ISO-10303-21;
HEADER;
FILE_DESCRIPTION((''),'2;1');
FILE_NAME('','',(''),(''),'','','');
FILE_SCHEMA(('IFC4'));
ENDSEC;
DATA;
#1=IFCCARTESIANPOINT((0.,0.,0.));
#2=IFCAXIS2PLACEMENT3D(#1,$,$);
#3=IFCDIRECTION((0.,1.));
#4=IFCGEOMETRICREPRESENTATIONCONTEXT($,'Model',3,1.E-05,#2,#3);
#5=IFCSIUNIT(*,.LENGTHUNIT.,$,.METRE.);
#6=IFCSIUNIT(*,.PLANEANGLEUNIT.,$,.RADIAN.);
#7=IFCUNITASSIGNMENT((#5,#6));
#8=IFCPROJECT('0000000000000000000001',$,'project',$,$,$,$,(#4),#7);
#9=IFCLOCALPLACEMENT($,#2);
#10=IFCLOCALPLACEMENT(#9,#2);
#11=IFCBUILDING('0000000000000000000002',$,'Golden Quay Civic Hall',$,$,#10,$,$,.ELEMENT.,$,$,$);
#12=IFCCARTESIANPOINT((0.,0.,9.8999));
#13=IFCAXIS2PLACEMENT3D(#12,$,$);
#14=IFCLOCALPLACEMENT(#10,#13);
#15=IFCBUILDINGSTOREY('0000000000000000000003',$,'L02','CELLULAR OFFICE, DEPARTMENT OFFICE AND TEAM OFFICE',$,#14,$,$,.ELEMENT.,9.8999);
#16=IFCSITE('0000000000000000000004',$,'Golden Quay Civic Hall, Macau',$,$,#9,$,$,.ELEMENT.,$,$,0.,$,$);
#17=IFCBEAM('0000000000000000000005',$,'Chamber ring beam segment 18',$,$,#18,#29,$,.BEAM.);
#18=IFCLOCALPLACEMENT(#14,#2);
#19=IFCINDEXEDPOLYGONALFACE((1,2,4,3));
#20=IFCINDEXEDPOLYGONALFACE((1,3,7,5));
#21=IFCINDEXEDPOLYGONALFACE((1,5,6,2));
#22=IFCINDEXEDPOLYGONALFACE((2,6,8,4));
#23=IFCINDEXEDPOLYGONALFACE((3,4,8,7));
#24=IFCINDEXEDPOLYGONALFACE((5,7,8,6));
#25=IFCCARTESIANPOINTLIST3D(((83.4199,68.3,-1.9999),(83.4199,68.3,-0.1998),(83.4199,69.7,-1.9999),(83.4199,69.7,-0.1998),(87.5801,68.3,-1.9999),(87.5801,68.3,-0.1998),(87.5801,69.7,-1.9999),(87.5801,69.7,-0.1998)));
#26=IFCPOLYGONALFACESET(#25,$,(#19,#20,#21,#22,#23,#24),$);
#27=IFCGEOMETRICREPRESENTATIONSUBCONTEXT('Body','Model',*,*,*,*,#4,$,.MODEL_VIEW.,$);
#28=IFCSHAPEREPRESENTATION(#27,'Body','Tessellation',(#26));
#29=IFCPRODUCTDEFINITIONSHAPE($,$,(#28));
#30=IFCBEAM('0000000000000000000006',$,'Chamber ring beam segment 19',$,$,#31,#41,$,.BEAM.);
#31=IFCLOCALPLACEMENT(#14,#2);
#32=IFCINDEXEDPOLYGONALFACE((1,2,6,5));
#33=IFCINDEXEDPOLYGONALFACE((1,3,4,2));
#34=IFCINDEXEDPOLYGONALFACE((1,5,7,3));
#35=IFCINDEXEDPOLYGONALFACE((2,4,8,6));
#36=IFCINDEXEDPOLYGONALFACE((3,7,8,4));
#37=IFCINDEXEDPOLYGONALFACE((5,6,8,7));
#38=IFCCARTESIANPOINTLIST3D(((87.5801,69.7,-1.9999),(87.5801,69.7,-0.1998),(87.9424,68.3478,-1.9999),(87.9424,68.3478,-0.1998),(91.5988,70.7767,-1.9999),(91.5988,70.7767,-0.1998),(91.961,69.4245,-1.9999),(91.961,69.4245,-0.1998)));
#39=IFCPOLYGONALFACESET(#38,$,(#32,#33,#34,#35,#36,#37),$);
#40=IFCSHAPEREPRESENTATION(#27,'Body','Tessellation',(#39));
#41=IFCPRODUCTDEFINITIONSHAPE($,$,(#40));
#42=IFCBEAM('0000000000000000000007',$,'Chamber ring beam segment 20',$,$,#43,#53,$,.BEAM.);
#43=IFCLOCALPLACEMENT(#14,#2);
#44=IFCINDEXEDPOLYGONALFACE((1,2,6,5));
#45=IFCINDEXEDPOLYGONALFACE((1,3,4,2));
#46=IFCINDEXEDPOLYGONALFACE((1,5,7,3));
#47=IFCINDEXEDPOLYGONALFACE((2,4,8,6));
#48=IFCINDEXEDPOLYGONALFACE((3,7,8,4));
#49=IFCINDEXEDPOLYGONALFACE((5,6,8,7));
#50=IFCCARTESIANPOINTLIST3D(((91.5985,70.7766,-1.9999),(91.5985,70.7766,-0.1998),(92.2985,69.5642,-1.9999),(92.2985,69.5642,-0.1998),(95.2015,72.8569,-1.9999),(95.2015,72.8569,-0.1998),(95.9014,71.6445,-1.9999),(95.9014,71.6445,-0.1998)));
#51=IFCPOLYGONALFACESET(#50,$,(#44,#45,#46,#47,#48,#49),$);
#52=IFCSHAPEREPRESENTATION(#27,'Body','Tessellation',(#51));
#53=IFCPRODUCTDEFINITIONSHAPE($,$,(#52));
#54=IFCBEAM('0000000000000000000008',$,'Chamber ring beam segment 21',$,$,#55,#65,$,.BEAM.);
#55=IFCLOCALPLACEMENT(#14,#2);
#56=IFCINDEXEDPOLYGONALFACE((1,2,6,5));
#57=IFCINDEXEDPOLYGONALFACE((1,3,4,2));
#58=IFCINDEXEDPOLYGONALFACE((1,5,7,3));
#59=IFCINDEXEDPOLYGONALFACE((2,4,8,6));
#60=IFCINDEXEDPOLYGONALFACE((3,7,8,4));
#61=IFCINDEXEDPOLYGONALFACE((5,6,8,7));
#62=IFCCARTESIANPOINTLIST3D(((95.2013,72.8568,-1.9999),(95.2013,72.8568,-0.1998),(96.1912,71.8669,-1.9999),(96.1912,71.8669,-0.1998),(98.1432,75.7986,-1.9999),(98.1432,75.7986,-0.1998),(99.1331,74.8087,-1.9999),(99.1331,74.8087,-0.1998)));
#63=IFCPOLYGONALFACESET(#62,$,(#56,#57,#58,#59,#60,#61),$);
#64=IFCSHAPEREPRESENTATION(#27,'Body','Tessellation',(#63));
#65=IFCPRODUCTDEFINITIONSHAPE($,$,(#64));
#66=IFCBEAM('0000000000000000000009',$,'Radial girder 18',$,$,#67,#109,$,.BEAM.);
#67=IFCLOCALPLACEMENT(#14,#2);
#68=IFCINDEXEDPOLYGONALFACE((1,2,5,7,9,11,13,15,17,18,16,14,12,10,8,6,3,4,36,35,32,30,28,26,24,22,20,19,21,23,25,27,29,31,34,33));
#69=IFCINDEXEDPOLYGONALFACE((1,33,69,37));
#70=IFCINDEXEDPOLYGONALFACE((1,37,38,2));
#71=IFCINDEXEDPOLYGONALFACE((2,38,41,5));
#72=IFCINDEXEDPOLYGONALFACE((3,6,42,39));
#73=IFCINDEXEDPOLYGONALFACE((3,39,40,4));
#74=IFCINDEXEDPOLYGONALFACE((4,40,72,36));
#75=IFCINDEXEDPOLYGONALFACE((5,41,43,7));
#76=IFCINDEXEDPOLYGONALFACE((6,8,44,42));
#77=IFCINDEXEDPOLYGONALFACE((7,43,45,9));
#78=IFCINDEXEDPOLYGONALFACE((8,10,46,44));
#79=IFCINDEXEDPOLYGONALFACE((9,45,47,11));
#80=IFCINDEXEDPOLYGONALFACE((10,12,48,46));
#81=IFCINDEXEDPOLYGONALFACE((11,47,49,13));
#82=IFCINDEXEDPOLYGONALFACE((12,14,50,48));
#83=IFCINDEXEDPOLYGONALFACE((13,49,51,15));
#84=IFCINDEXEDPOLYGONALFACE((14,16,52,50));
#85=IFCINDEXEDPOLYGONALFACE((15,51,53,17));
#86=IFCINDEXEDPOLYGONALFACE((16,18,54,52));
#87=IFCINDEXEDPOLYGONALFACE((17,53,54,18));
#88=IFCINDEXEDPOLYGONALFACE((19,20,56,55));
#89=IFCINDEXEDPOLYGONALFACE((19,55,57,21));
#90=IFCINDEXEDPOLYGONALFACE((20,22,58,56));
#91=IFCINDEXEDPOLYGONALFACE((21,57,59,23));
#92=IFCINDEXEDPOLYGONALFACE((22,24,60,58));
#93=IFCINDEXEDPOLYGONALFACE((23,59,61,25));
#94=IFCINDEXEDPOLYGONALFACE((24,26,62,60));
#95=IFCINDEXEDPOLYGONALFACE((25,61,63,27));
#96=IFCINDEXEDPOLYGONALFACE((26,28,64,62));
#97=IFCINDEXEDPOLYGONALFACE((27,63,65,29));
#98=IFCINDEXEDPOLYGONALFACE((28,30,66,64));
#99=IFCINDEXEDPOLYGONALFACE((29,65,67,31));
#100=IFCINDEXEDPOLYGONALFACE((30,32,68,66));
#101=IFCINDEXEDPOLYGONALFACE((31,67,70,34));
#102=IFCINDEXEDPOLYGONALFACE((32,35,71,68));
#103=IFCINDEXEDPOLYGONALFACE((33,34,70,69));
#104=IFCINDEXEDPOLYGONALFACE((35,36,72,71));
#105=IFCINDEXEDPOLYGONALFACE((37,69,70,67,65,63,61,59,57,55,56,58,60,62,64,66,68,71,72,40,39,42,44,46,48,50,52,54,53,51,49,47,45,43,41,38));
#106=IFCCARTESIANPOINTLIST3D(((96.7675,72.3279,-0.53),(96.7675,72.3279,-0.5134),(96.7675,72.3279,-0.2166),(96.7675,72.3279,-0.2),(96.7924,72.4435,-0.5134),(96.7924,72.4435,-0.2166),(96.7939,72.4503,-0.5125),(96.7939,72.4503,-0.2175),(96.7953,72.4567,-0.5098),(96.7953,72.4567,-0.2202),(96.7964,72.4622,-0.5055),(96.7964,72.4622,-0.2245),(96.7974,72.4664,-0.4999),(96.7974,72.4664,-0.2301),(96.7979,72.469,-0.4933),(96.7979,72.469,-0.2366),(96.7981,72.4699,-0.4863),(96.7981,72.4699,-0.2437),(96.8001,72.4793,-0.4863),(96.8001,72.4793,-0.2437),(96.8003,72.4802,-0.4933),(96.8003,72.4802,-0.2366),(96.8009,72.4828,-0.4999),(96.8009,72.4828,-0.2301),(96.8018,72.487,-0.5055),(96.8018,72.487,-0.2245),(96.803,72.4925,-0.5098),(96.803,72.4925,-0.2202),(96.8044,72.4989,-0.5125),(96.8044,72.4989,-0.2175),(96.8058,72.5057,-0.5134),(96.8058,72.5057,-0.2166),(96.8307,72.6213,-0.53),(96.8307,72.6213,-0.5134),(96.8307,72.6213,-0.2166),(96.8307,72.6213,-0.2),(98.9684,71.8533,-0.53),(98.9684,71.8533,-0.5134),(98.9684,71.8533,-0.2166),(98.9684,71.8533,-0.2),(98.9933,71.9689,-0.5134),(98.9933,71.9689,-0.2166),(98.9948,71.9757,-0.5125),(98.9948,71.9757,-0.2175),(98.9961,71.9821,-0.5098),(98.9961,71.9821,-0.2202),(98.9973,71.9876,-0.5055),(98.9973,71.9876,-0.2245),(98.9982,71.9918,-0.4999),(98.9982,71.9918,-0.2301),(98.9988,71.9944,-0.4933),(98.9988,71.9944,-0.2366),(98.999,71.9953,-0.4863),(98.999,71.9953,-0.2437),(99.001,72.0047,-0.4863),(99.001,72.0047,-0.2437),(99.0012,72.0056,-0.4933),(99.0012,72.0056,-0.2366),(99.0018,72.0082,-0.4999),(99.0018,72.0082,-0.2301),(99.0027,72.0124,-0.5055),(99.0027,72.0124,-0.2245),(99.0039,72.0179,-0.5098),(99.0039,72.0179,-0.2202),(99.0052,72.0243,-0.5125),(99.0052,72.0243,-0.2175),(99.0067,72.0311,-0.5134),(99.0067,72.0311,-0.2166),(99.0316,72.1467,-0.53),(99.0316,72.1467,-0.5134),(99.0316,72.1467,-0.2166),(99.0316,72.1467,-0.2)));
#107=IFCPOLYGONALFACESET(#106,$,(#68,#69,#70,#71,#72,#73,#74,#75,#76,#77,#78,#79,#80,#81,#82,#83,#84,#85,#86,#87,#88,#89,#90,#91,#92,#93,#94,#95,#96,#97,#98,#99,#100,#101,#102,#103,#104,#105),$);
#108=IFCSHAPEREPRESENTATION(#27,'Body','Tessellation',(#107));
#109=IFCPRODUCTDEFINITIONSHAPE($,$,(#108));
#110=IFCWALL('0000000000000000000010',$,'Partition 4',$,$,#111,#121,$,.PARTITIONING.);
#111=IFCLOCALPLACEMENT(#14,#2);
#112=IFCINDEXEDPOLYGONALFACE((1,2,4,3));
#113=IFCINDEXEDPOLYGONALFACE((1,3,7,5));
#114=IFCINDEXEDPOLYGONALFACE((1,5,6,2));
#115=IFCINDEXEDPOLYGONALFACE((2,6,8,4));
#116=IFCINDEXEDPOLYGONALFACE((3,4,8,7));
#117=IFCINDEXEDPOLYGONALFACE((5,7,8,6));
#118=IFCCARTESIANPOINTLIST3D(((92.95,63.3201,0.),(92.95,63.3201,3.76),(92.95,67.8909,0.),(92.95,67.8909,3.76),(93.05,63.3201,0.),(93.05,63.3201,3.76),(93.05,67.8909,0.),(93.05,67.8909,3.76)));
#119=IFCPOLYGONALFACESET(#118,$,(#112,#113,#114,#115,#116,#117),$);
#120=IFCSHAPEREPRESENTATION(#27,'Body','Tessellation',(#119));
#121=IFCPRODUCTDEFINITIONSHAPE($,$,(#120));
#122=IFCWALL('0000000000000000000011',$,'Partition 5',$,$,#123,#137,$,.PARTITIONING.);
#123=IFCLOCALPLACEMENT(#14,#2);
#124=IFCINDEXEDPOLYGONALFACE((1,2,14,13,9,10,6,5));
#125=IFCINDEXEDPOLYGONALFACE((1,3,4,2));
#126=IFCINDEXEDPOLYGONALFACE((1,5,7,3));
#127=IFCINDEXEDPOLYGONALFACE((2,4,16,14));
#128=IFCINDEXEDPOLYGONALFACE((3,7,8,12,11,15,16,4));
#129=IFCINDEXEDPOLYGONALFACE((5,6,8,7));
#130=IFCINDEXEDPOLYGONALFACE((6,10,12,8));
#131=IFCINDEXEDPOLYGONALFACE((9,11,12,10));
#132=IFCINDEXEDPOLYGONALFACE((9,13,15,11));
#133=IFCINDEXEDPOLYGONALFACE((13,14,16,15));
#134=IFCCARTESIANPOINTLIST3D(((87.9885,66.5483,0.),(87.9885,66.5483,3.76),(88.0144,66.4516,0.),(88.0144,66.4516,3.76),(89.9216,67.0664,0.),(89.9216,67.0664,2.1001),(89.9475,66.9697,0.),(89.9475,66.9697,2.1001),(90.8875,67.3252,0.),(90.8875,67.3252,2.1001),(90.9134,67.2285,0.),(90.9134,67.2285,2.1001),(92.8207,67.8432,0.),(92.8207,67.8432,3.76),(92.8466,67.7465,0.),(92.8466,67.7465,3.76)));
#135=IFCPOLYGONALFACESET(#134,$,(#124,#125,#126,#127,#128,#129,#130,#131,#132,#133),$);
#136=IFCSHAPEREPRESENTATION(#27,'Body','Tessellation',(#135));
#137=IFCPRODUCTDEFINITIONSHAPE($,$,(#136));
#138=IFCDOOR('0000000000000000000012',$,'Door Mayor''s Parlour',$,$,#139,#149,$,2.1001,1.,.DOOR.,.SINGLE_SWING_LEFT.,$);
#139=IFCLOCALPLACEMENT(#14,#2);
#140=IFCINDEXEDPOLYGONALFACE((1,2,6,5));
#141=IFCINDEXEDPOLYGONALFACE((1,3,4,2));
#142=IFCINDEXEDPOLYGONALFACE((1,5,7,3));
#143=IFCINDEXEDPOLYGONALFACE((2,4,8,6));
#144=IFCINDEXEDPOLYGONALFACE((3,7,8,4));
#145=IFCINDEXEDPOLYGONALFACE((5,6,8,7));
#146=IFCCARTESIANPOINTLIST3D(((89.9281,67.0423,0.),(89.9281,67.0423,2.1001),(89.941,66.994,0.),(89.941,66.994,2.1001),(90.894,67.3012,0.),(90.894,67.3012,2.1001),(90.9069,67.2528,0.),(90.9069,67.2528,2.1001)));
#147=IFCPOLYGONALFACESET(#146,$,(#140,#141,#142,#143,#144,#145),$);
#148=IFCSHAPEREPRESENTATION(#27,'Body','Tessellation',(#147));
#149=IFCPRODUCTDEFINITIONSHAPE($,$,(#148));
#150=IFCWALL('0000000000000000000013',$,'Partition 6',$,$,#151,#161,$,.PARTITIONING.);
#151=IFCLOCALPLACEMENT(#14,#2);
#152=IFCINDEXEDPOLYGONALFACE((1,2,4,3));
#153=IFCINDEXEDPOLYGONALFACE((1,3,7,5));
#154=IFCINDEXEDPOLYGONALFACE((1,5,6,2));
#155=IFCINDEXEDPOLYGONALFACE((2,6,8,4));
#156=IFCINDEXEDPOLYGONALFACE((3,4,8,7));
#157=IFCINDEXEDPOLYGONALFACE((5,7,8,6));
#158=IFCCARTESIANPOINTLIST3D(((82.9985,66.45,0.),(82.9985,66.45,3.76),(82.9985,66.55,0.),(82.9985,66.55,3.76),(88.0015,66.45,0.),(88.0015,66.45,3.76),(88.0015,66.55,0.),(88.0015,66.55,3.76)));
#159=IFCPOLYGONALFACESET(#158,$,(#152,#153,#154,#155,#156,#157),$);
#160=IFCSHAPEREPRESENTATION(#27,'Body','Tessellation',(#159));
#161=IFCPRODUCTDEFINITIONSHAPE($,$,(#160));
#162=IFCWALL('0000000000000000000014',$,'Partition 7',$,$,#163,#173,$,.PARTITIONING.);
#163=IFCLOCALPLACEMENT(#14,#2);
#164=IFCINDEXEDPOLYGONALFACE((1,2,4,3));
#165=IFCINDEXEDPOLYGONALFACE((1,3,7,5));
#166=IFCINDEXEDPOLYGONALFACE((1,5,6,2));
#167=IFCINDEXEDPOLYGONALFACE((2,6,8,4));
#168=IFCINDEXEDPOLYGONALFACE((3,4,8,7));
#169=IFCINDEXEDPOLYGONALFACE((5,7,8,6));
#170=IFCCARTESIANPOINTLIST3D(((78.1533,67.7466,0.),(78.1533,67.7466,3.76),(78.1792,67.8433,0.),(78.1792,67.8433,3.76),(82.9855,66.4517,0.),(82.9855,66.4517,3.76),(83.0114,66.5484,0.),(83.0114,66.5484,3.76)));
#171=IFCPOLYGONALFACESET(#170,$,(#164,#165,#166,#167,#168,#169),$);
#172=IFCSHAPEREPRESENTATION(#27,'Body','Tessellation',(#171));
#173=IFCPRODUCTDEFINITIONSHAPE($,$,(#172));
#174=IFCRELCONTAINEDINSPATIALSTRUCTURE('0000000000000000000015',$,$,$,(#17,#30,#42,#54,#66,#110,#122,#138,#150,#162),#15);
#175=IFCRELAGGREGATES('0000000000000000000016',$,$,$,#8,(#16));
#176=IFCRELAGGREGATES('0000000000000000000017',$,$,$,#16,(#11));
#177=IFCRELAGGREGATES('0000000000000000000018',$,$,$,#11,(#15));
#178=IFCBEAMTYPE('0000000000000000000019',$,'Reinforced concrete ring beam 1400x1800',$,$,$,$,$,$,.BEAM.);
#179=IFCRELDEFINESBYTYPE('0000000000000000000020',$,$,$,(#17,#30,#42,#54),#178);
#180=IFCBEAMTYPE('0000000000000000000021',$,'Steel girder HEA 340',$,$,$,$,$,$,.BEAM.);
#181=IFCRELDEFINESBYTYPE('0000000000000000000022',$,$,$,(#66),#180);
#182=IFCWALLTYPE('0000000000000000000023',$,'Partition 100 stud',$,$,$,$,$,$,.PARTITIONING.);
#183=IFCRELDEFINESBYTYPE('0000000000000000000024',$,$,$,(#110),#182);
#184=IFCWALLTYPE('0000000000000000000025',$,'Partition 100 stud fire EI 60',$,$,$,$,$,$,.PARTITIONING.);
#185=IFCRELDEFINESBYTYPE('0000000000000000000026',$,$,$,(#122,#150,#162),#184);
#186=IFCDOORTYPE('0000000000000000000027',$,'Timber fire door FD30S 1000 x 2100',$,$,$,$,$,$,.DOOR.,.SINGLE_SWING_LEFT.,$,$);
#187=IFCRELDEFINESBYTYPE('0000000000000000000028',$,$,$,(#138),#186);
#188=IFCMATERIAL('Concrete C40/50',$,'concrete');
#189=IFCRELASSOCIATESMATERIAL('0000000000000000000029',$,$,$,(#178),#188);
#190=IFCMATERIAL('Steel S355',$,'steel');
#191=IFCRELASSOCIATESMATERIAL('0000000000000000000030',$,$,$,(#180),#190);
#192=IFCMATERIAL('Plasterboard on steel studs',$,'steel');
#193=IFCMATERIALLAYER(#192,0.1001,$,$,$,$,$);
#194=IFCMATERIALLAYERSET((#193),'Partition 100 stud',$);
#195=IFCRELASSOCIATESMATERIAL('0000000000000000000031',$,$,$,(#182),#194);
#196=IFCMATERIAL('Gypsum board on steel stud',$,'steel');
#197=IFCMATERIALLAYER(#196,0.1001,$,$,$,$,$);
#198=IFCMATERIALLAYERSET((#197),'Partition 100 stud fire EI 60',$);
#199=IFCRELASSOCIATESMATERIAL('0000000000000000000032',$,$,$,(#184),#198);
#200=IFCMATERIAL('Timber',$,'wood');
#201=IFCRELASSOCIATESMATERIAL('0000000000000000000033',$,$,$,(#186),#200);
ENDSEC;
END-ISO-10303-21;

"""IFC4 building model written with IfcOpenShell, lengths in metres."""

from ifc_helpers import new_model, si_unit, direction, frame, frame_2d, origin, origin_2d, place, context, subcontext, project, spatial, rectangle, i_section, extrude, material, layer, layer_set, material_profile, profile_set, type_object, element, fill, save


model = new_model("IFC4")

# Units and contexts
model_context = context("Model", 3, precision=1e-05, world=origin(), true_north=direction((0.0, 1.0)))
body_context = subcontext(model_context, "Body", "Model", "MODEL_VIEW")
ifc_project = project(units=[si_unit("LENGTHUNIT", "METRE"), si_unit("PLANEANGLEUNIT", "RADIAN")], contexts=[model_context])

# Site, building, storey
site_placement = place(None, origin())
site = spatial("IfcSite", under=ifc_project, at=site_placement, Name="Golden Quay Civic Hall, Macau", CompositionType="ELEMENT", RefElevation=0.0)
building_placement = place(site_placement, origin())
building = spatial("IfcBuilding", under=site, at=building_placement, Name="Golden Quay Civic Hall", CompositionType="ELEMENT")
storey_placement = place(building_placement, frame((0.0, 0.0, 9.8999)))
storey = spatial("IfcBuildingStorey", under=building, at=storey_placement, Name="L02", Description="CELLULAR OFFICE, DEPARTMENT OFFICE AND TEAM OFFICE", CompositionType="ELEMENT", Elevation=9.8999)

# Beams
ifc_material_1 = material(Name="Concrete C40/50", Category="concrete")
ifc_material_profile_1 = material_profile(ifc_material_1, rectangle(XDim=1.3999, YDim=1.8, at=origin_2d()), Name="RC 1400x1800")
ifc_profile_set_1 = profile_set([ifc_material_profile_1], Name="Concrete C40/50")
beam_type_1 = type_object("IfcBeamType", Name="Reinforced concrete ring beam 1400x1800", PredefinedType="BEAM", material=ifc_profile_set_1)
beam_1_placement = place(storey_placement, frame((83.4199, 69.0, -1.0999), z_axis=(1.0, 0.0, 0.0), x_axis=(0.0, 1.0, 0.0)))
element("IfcBeam", 1, at=beam_1_placement, inside=storey, type_object=beam_type_1, Name="Chamber ring beam segment 18", PredefinedType="BEAM", context=body_context, shape_type="SweptSolid", body=[
    extrude(rectangle(XDim=1.3999, YDim=1.8, at=origin_2d()), origin(), (0.0, 0.0, 1.0), 4.1602),
])
for number, where, z_axis, x_axis, name in (
    (2, (87.7612, 69.0239, -1.0999), (0.965932, 0.258795, 0.0), (-0.258795, 0.965932, 0.0), "Chamber ring beam segment 19"),
    (3, (91.9485, 70.1704, -1.0999), (0.866014, 0.50002, 0.0), (-0.50002, 0.866014, 0.0), "Chamber ring beam segment 20"),
    (4, (95.6963, 72.3618, -1.0999), (0.707107, 0.707107, 0.0), (-0.707107, 0.707107, 0.0), "Chamber ring beam segment 21"),
):
    element("IfcBeam", number, at=place(storey_placement, frame(where, z_axis=z_axis, x_axis=x_axis)), inside=storey, type_object=beam_type_1, Name=name, PredefinedType="BEAM", context=body_context, shape_type="SweptSolid", body=[
        extrude(rectangle(XDim=1.3999, YDim=1.8, at=origin_2d()), origin(), (0.0, 0.0, 1.0), 4.1604),
    ])
ifc_material_2 = material(Name="Steel S355", Category="steel")
ifc_material_profile_2 = material_profile(ifc_material_2, i_section(OverallWidth=0.3, OverallDepth=0.3301, WebThickness=0.0095, FlangeThickness=0.0166, FilletRadius=0.0271, at=origin_2d()), Name="HEA 340")
ifc_profile_set_2 = profile_set([ifc_material_profile_2], Name="Steel S355")
beam_type_2 = type_object("IfcBeamType", Name="Steel girder HEA 340", PredefinedType="BEAM", material=ifc_profile_set_2)
beam_2_placement = place(storey_placement, frame((99.0, 72.0, -0.365), z_axis=(-0.97753, 0.210795, 0.0), x_axis=(-0.210795, -0.97753, 0.0)))
element("IfcBeam", 5, at=beam_2_placement, inside=storey, type_object=beam_type_2, Name="Radial girder 18", PredefinedType="BEAM", context=body_context, shape_type="SweptSolid", body=[
    extrude(i_section(OverallWidth=0.3, OverallDepth=0.3301, WebThickness=0.0095, FlangeThickness=0.0166, FilletRadius=0.0271, at=origin_2d()), origin(), (0.0, 0.0, 1.0), 2.2515),
])

# Wall
ifc_material_3 = material(Name="Plasterboard on steel studs", Category="steel")
ifc_layer_1 = layer(ifc_material_3, 0.1001)
ifc_layer_set_1 = layer_set([ifc_layer_1], Name="Partition 100 stud")
wall_type_1 = type_object("IfcWallType", Name="Partition 100 stud", PredefinedType="PARTITIONING", material=ifc_layer_set_1)
wall_1_placement = place(storey_placement, frame((93.0, 63.3201, 0.0), z_axis=(0.0, 0.0, 1.0), x_axis=(0.0, 1.0, 0.0)))
element("IfcWall", 6, at=wall_1_placement, inside=storey, type_object=wall_type_1, Name="Partition 4", PredefinedType="PARTITIONING", context=body_context, shape_type="SweptSolid", body=[
    extrude(rectangle(XDim=4.5708, YDim=0.1001, at=frame_2d((2.2854, 0.0))), origin(), (0.0, 0.0, 1.0), 3.76),
])

# Wall, opening, door
ifc_material_4 = material(Name="Gypsum board on steel stud", Category="steel")
ifc_layer_2 = layer(ifc_material_4, 0.1001)
ifc_layer_set_2 = layer_set([ifc_layer_2], Name="Partition 100 stud fire EI 60")
wall_type_2 = type_object("IfcWallType", Name="Partition 100 stud fire EI 60", PredefinedType="PARTITIONING", material=ifc_layer_set_2)
wall_2_placement = place(storey_placement, frame((92.8337, 67.7949, 0.0), z_axis=(0.0, 0.0, 1.0), x_axis=(-0.96592, -0.258841, 0.0)))
wall_2 = element("IfcWall", 7, at=wall_2_placement, inside=storey, type_object=wall_type_2, Name="Partition 5", PredefinedType="PARTITIONING", context=body_context, shape_type="SweptSolid", body=[
    extrude(rectangle(XDim=5.0027, YDim=0.1001, at=frame_2d((2.5015, 0.0))), origin(), (0.0, 0.0, 1.0), 3.76),
])
opening_1_placement = place(wall_2_placement, frame((2.0015, 0.0, 0.0)))
opening_1 = element("IfcOpeningElement", 8, at=opening_1_placement, cuts=wall_2, PredefinedType="OPENING", context=body_context, shape_type="SweptSolid", body=[
    extrude(rectangle(XDim=1.0, YDim=2.1001, at=frame_2d((0.5, 1.05))), frame((0.0, 0.0601, 0.0), z_axis=(0.0, -1.0, 0.0), x_axis=(1.0, 0.0, 0.0)), (0.0, 0.0, 1.0), 0.1201),
])
ifc_material_5 = material(Name="Timber", Category="wood")
door_type_1 = type_object("IfcDoorType", Name="Timber fire door FD30S 1000 x 2100", OperationType="SINGLE_SWING_LEFT", PredefinedType="DOOR", material=ifc_material_5)
door_1_placement = place(opening_1_placement, origin())
door_1 = element("IfcDoor", 9, at=door_1_placement, inside=storey, type_object=door_type_1, Name="Door Mayor's Parlour", OperationType="SINGLE_SWING_LEFT", OverallHeight=2.1001, OverallWidth=1.0, PredefinedType="DOOR", context=body_context, shape_type="SweptSolid", body=[
    extrude(rectangle(XDim=1.0, YDim=2.1001, at=frame_2d((0.5, 1.05))), frame((0.0, 0.0249, 0.0), z_axis=(0.0, -1.0, 0.0), x_axis=(1.0, 0.0, 0.0)), (0.0, 0.0, 1.0), 0.05),
])
fill(opening_1, door_1)

# Walls
wall_3_placement = place(storey_placement, frame((88.0015, 66.5, 0.0), z_axis=(0.0, 0.0, 1.0), x_axis=(-1.0, 0.0, 0.0)))
element("IfcWall", 10, at=wall_3_placement, inside=storey, type_object=wall_type_2, Name="Partition 6", PredefinedType="PARTITIONING", context=body_context, shape_type="SweptSolid", body=[
    extrude(rectangle(XDim=5.0029, YDim=0.1001, at=frame_2d((2.5015, 0.0))), origin(), (0.0, 0.0, 1.0), 3.76),
])
wall_4_placement = place(storey_placement, frame((82.9985, 66.5, 0.0), z_axis=(0.0, 0.0, 1.0), x_axis=(-0.96592, 0.258841, 0.0)))
element("IfcWall", 11, at=wall_4_placement, inside=storey, type_object=wall_type_2, Name="Partition 7", PredefinedType="PARTITIONING", context=body_context, shape_type="SweptSolid", body=[
    extrude(rectangle(XDim=5.0027, YDim=0.1001, at=frame_2d((2.5015, 0.0))), origin(), (0.0, 0.0, 1.0), 3.76),
])

save(model, "model.ifc")
